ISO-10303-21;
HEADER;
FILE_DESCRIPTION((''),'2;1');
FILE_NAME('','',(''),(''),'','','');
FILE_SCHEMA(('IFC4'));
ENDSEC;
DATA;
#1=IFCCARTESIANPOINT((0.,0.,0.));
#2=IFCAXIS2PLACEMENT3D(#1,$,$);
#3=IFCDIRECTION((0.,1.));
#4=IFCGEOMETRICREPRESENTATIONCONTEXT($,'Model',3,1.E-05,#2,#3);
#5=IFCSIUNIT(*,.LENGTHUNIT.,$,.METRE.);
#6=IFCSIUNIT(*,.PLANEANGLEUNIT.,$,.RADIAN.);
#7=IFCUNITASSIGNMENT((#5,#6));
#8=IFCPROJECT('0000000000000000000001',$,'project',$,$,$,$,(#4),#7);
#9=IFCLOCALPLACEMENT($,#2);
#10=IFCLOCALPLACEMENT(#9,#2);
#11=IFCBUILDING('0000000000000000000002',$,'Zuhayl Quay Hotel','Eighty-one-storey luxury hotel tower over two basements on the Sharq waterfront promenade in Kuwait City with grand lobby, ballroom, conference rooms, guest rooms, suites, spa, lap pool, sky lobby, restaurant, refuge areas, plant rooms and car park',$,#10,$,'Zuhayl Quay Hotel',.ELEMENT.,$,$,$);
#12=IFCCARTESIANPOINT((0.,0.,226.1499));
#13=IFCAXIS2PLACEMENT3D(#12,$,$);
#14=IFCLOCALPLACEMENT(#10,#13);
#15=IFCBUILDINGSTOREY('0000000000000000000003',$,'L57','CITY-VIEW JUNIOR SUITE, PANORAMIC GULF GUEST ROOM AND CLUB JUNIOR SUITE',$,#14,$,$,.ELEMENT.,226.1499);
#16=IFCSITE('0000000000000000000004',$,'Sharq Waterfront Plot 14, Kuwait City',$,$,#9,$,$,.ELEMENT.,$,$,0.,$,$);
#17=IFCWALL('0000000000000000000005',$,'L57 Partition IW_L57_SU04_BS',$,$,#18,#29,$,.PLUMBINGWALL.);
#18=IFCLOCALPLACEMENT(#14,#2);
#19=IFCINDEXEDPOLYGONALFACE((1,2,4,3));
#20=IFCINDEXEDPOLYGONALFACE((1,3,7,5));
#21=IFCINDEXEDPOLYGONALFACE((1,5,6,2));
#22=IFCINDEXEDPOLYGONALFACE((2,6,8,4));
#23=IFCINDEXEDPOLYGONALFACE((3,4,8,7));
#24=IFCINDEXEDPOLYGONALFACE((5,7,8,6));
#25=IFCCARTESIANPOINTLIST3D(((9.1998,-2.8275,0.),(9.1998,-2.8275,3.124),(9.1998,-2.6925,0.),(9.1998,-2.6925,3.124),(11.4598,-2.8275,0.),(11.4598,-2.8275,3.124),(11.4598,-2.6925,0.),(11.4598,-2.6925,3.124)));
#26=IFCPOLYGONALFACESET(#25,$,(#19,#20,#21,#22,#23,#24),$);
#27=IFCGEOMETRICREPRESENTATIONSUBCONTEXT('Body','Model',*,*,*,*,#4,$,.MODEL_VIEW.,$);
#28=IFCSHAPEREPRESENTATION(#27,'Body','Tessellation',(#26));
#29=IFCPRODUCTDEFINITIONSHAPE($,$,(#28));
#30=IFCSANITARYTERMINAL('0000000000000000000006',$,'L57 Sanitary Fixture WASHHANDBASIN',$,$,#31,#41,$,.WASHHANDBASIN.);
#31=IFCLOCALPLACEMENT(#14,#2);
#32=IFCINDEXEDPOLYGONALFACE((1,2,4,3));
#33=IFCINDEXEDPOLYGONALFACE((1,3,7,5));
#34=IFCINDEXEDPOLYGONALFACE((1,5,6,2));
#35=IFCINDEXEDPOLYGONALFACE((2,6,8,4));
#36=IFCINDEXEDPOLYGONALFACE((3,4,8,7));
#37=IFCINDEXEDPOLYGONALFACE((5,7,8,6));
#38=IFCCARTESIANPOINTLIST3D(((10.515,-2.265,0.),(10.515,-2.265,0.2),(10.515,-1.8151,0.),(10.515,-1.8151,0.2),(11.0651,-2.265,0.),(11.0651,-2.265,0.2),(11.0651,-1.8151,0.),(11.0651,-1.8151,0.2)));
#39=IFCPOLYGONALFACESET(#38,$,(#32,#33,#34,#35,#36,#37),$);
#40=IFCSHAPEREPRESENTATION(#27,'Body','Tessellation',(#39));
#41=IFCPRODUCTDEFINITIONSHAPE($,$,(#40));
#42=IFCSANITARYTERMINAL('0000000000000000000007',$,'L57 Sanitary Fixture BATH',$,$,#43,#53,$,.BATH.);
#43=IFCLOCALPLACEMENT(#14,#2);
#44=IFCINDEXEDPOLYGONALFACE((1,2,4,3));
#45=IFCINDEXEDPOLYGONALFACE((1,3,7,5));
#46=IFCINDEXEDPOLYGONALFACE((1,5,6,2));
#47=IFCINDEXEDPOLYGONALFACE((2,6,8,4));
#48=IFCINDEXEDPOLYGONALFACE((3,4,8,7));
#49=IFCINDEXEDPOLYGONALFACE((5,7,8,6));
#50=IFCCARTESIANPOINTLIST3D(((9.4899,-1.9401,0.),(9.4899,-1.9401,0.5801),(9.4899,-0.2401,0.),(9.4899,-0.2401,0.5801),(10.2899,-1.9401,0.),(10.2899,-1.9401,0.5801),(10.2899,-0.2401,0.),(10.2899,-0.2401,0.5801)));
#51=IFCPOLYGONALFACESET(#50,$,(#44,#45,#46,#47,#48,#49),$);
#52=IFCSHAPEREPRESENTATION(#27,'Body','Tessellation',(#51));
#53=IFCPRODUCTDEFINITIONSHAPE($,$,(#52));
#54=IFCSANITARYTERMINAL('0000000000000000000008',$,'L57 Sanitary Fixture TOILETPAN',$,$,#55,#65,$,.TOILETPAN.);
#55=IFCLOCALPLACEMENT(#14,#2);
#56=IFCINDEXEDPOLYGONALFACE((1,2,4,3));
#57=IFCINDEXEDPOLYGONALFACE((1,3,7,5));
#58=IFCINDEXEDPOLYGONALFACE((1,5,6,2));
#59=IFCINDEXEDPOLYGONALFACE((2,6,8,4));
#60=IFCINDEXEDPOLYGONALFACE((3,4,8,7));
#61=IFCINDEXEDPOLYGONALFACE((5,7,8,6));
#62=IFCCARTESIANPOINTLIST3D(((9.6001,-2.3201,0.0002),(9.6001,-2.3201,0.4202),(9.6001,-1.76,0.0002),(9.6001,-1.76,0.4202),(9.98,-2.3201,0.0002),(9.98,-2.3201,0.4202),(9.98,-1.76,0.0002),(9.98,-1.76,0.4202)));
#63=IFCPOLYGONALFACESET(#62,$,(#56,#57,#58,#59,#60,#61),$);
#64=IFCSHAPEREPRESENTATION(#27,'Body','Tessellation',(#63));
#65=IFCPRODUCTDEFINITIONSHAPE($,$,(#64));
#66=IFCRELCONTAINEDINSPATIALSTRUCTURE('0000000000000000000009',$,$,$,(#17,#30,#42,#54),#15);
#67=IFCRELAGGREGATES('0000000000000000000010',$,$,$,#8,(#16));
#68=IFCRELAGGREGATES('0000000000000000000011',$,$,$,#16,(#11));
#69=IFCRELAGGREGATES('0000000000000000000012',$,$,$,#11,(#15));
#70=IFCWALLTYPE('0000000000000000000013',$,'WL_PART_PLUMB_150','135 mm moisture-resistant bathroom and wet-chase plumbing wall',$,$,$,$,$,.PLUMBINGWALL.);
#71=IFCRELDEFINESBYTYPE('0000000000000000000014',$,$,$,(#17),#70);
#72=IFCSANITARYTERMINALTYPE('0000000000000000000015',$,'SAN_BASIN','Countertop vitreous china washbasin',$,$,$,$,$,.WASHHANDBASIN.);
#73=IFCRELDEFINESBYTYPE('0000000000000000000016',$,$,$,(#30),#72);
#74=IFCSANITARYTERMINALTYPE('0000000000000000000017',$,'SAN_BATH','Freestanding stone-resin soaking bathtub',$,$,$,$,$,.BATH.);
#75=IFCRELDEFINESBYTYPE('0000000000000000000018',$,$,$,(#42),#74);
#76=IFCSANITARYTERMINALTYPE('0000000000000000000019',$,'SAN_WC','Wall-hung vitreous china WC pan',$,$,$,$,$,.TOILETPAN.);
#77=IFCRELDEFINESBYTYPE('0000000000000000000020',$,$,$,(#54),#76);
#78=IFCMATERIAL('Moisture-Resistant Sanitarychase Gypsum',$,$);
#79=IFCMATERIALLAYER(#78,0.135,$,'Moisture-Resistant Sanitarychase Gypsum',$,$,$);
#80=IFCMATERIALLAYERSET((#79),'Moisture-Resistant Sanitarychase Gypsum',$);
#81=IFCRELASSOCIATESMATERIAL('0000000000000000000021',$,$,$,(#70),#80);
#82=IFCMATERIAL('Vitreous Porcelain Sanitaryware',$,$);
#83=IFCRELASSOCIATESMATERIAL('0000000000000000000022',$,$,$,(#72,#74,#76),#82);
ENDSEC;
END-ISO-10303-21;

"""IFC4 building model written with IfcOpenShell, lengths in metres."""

from ifc_helpers import new_model, si_unit, direction, frame, frame_2d, origin, origin_2d, place, context, subcontext, project, spatial, rectangle, extrude, material, layer, layer_set, type_object, element, save


model = new_model("IFC4")

# Units and contexts
model_context = context("Model", 3, precision=1e-05, world=origin(), true_north=direction((0.0, 1.0)))
body_context = subcontext(model_context, "Body", "Model", "MODEL_VIEW")
ifc_project = project(units=[si_unit("LENGTHUNIT", "METRE"), si_unit("PLANEANGLEUNIT", "RADIAN")], contexts=[model_context])

# Site, building, storey
site_placement = place(None, origin())
site = spatial("IfcSite", under=ifc_project, at=site_placement, Name="Sharq Waterfront Plot 14, Kuwait City", CompositionType="ELEMENT", RefElevation=0.0)
building_placement = place(site_placement, origin())
building = spatial("IfcBuilding", under=site, at=building_placement, Name="Zuhayl Quay Hotel", Description="Eighty-one-storey luxury hotel tower over two basements on the Sharq waterfront promenade in Kuwait City with grand lobby, ballroom, conference rooms, guest rooms, suites, spa, lap pool, sky lobby, restaurant, refuge areas, plant rooms and car park", LongName="Zuhayl Quay Hotel", CompositionType="ELEMENT")
storey_placement = place(building_placement, frame((0.0, 0.0, 226.1499)))
storey = spatial("IfcBuildingStorey", under=building, at=storey_placement, Name="L57", Description="CITY-VIEW JUNIOR SUITE, PANORAMIC GULF GUEST ROOM AND CLUB JUNIOR SUITE", CompositionType="ELEMENT", Elevation=226.1499)

# Shared definitions
ifc_material_1 = material(Name="Moisture-Resistant Sanitarychase Gypsum")
ifc_layer_1 = layer(ifc_material_1, 0.135, Name="Moisture-Resistant Sanitarychase Gypsum")
ifc_layer_set_1 = layer_set([ifc_layer_1], Name="Moisture-Resistant Sanitarychase Gypsum")
wall_type_1 = type_object("IfcWallType", Name="WL_PART_PLUMB_150", Description="135 mm moisture-resistant bathroom and wet-chase plumbing wall", PredefinedType="PLUMBINGWALL", material=ifc_layer_set_1)

# Wall
wall_1_placement = place(storey_placement, frame((9.2, -2.76, 0.0), z_axis=(0.0, 0.0, 1.0), x_axis=(1.0, 0.0, 0.0)))
element("IfcWall", 1, at=wall_1_placement, inside=storey, type_object=wall_type_1, Name="L57 Partition IW_L57_SU04_BS", PredefinedType="PLUMBINGWALL", context=body_context, shape_type="SweptSolid", body=[
    extrude(rectangle(XDim=2.26, YDim=0.135, at=frame_2d((1.1299, 0.0))), origin(), (0.0, 0.0, 1.0), 3.124),
])

# Sanitary terminals
ifc_material_2 = material(Name="Vitreous Porcelain Sanitaryware")
sanitary_terminal_type_1 = type_object("IfcSanitaryTerminalType", Name="SAN_BASIN", Description="Countertop vitreous china washbasin", PredefinedType="WASHHANDBASIN", material=ifc_material_2)
sanitary_terminal_1_placement = place(storey_placement, frame((10.79, -2.04, 0.0), z_axis=(0.0, 0.0, 1.0), x_axis=(1.0, 0.0, 0.0)))
element("IfcSanitaryTerminal", 2, at=sanitary_terminal_1_placement, inside=storey, type_object=sanitary_terminal_type_1, Name="L57 Sanitary Fixture WASHHANDBASIN", PredefinedType="WASHHANDBASIN", context=body_context, shape_type="SweptSolid", body=[
    extrude(rectangle(XDim=0.55, YDim=0.45, at=origin_2d()), origin(), (0.0, 0.0, 1.0), 0.2),
])
sanitary_terminal_type_2 = type_object("IfcSanitaryTerminalType", Name="SAN_BATH", Description="Freestanding stone-resin soaking bathtub", PredefinedType="BATH", material=ifc_material_2)
sanitary_terminal_2_placement = place(storey_placement, frame((9.8899, -1.0901, 0.0), z_axis=(0.0, 0.0, 1.0), x_axis=(1.0, 0.0, 0.0)))
element("IfcSanitaryTerminal", 3, at=sanitary_terminal_2_placement, inside=storey, type_object=sanitary_terminal_type_2, Name="L57 Sanitary Fixture BATH", PredefinedType="BATH", context=body_context, shape_type="SweptSolid", body=[
    extrude(rectangle(XDim=0.8, YDim=1.7, at=origin_2d()), origin(), (0.0, 0.0, 1.0), 0.5801),
])
sanitary_terminal_type_3 = type_object("IfcSanitaryTerminalType", Name="SAN_WC", Description="Wall-hung vitreous china WC pan", PredefinedType="TOILETPAN", material=ifc_material_2)
sanitary_terminal_3_placement = place(storey_placement, frame((9.79, -2.04, 0.0002), z_axis=(0.0, 0.0, 1.0), x_axis=(1.0, 0.0, 0.0)))
element("IfcSanitaryTerminal", 4, at=sanitary_terminal_3_placement, inside=storey, type_object=sanitary_terminal_type_3, Name="L57 Sanitary Fixture TOILETPAN", PredefinedType="TOILETPAN", context=body_context, shape_type="SweptSolid", body=[
    extrude(rectangle(XDim=0.3799, YDim=0.5601, at=origin_2d()), origin(), (0.0, 0.0, 1.0), 0.4199),
])

save(model, "model.ifc")
